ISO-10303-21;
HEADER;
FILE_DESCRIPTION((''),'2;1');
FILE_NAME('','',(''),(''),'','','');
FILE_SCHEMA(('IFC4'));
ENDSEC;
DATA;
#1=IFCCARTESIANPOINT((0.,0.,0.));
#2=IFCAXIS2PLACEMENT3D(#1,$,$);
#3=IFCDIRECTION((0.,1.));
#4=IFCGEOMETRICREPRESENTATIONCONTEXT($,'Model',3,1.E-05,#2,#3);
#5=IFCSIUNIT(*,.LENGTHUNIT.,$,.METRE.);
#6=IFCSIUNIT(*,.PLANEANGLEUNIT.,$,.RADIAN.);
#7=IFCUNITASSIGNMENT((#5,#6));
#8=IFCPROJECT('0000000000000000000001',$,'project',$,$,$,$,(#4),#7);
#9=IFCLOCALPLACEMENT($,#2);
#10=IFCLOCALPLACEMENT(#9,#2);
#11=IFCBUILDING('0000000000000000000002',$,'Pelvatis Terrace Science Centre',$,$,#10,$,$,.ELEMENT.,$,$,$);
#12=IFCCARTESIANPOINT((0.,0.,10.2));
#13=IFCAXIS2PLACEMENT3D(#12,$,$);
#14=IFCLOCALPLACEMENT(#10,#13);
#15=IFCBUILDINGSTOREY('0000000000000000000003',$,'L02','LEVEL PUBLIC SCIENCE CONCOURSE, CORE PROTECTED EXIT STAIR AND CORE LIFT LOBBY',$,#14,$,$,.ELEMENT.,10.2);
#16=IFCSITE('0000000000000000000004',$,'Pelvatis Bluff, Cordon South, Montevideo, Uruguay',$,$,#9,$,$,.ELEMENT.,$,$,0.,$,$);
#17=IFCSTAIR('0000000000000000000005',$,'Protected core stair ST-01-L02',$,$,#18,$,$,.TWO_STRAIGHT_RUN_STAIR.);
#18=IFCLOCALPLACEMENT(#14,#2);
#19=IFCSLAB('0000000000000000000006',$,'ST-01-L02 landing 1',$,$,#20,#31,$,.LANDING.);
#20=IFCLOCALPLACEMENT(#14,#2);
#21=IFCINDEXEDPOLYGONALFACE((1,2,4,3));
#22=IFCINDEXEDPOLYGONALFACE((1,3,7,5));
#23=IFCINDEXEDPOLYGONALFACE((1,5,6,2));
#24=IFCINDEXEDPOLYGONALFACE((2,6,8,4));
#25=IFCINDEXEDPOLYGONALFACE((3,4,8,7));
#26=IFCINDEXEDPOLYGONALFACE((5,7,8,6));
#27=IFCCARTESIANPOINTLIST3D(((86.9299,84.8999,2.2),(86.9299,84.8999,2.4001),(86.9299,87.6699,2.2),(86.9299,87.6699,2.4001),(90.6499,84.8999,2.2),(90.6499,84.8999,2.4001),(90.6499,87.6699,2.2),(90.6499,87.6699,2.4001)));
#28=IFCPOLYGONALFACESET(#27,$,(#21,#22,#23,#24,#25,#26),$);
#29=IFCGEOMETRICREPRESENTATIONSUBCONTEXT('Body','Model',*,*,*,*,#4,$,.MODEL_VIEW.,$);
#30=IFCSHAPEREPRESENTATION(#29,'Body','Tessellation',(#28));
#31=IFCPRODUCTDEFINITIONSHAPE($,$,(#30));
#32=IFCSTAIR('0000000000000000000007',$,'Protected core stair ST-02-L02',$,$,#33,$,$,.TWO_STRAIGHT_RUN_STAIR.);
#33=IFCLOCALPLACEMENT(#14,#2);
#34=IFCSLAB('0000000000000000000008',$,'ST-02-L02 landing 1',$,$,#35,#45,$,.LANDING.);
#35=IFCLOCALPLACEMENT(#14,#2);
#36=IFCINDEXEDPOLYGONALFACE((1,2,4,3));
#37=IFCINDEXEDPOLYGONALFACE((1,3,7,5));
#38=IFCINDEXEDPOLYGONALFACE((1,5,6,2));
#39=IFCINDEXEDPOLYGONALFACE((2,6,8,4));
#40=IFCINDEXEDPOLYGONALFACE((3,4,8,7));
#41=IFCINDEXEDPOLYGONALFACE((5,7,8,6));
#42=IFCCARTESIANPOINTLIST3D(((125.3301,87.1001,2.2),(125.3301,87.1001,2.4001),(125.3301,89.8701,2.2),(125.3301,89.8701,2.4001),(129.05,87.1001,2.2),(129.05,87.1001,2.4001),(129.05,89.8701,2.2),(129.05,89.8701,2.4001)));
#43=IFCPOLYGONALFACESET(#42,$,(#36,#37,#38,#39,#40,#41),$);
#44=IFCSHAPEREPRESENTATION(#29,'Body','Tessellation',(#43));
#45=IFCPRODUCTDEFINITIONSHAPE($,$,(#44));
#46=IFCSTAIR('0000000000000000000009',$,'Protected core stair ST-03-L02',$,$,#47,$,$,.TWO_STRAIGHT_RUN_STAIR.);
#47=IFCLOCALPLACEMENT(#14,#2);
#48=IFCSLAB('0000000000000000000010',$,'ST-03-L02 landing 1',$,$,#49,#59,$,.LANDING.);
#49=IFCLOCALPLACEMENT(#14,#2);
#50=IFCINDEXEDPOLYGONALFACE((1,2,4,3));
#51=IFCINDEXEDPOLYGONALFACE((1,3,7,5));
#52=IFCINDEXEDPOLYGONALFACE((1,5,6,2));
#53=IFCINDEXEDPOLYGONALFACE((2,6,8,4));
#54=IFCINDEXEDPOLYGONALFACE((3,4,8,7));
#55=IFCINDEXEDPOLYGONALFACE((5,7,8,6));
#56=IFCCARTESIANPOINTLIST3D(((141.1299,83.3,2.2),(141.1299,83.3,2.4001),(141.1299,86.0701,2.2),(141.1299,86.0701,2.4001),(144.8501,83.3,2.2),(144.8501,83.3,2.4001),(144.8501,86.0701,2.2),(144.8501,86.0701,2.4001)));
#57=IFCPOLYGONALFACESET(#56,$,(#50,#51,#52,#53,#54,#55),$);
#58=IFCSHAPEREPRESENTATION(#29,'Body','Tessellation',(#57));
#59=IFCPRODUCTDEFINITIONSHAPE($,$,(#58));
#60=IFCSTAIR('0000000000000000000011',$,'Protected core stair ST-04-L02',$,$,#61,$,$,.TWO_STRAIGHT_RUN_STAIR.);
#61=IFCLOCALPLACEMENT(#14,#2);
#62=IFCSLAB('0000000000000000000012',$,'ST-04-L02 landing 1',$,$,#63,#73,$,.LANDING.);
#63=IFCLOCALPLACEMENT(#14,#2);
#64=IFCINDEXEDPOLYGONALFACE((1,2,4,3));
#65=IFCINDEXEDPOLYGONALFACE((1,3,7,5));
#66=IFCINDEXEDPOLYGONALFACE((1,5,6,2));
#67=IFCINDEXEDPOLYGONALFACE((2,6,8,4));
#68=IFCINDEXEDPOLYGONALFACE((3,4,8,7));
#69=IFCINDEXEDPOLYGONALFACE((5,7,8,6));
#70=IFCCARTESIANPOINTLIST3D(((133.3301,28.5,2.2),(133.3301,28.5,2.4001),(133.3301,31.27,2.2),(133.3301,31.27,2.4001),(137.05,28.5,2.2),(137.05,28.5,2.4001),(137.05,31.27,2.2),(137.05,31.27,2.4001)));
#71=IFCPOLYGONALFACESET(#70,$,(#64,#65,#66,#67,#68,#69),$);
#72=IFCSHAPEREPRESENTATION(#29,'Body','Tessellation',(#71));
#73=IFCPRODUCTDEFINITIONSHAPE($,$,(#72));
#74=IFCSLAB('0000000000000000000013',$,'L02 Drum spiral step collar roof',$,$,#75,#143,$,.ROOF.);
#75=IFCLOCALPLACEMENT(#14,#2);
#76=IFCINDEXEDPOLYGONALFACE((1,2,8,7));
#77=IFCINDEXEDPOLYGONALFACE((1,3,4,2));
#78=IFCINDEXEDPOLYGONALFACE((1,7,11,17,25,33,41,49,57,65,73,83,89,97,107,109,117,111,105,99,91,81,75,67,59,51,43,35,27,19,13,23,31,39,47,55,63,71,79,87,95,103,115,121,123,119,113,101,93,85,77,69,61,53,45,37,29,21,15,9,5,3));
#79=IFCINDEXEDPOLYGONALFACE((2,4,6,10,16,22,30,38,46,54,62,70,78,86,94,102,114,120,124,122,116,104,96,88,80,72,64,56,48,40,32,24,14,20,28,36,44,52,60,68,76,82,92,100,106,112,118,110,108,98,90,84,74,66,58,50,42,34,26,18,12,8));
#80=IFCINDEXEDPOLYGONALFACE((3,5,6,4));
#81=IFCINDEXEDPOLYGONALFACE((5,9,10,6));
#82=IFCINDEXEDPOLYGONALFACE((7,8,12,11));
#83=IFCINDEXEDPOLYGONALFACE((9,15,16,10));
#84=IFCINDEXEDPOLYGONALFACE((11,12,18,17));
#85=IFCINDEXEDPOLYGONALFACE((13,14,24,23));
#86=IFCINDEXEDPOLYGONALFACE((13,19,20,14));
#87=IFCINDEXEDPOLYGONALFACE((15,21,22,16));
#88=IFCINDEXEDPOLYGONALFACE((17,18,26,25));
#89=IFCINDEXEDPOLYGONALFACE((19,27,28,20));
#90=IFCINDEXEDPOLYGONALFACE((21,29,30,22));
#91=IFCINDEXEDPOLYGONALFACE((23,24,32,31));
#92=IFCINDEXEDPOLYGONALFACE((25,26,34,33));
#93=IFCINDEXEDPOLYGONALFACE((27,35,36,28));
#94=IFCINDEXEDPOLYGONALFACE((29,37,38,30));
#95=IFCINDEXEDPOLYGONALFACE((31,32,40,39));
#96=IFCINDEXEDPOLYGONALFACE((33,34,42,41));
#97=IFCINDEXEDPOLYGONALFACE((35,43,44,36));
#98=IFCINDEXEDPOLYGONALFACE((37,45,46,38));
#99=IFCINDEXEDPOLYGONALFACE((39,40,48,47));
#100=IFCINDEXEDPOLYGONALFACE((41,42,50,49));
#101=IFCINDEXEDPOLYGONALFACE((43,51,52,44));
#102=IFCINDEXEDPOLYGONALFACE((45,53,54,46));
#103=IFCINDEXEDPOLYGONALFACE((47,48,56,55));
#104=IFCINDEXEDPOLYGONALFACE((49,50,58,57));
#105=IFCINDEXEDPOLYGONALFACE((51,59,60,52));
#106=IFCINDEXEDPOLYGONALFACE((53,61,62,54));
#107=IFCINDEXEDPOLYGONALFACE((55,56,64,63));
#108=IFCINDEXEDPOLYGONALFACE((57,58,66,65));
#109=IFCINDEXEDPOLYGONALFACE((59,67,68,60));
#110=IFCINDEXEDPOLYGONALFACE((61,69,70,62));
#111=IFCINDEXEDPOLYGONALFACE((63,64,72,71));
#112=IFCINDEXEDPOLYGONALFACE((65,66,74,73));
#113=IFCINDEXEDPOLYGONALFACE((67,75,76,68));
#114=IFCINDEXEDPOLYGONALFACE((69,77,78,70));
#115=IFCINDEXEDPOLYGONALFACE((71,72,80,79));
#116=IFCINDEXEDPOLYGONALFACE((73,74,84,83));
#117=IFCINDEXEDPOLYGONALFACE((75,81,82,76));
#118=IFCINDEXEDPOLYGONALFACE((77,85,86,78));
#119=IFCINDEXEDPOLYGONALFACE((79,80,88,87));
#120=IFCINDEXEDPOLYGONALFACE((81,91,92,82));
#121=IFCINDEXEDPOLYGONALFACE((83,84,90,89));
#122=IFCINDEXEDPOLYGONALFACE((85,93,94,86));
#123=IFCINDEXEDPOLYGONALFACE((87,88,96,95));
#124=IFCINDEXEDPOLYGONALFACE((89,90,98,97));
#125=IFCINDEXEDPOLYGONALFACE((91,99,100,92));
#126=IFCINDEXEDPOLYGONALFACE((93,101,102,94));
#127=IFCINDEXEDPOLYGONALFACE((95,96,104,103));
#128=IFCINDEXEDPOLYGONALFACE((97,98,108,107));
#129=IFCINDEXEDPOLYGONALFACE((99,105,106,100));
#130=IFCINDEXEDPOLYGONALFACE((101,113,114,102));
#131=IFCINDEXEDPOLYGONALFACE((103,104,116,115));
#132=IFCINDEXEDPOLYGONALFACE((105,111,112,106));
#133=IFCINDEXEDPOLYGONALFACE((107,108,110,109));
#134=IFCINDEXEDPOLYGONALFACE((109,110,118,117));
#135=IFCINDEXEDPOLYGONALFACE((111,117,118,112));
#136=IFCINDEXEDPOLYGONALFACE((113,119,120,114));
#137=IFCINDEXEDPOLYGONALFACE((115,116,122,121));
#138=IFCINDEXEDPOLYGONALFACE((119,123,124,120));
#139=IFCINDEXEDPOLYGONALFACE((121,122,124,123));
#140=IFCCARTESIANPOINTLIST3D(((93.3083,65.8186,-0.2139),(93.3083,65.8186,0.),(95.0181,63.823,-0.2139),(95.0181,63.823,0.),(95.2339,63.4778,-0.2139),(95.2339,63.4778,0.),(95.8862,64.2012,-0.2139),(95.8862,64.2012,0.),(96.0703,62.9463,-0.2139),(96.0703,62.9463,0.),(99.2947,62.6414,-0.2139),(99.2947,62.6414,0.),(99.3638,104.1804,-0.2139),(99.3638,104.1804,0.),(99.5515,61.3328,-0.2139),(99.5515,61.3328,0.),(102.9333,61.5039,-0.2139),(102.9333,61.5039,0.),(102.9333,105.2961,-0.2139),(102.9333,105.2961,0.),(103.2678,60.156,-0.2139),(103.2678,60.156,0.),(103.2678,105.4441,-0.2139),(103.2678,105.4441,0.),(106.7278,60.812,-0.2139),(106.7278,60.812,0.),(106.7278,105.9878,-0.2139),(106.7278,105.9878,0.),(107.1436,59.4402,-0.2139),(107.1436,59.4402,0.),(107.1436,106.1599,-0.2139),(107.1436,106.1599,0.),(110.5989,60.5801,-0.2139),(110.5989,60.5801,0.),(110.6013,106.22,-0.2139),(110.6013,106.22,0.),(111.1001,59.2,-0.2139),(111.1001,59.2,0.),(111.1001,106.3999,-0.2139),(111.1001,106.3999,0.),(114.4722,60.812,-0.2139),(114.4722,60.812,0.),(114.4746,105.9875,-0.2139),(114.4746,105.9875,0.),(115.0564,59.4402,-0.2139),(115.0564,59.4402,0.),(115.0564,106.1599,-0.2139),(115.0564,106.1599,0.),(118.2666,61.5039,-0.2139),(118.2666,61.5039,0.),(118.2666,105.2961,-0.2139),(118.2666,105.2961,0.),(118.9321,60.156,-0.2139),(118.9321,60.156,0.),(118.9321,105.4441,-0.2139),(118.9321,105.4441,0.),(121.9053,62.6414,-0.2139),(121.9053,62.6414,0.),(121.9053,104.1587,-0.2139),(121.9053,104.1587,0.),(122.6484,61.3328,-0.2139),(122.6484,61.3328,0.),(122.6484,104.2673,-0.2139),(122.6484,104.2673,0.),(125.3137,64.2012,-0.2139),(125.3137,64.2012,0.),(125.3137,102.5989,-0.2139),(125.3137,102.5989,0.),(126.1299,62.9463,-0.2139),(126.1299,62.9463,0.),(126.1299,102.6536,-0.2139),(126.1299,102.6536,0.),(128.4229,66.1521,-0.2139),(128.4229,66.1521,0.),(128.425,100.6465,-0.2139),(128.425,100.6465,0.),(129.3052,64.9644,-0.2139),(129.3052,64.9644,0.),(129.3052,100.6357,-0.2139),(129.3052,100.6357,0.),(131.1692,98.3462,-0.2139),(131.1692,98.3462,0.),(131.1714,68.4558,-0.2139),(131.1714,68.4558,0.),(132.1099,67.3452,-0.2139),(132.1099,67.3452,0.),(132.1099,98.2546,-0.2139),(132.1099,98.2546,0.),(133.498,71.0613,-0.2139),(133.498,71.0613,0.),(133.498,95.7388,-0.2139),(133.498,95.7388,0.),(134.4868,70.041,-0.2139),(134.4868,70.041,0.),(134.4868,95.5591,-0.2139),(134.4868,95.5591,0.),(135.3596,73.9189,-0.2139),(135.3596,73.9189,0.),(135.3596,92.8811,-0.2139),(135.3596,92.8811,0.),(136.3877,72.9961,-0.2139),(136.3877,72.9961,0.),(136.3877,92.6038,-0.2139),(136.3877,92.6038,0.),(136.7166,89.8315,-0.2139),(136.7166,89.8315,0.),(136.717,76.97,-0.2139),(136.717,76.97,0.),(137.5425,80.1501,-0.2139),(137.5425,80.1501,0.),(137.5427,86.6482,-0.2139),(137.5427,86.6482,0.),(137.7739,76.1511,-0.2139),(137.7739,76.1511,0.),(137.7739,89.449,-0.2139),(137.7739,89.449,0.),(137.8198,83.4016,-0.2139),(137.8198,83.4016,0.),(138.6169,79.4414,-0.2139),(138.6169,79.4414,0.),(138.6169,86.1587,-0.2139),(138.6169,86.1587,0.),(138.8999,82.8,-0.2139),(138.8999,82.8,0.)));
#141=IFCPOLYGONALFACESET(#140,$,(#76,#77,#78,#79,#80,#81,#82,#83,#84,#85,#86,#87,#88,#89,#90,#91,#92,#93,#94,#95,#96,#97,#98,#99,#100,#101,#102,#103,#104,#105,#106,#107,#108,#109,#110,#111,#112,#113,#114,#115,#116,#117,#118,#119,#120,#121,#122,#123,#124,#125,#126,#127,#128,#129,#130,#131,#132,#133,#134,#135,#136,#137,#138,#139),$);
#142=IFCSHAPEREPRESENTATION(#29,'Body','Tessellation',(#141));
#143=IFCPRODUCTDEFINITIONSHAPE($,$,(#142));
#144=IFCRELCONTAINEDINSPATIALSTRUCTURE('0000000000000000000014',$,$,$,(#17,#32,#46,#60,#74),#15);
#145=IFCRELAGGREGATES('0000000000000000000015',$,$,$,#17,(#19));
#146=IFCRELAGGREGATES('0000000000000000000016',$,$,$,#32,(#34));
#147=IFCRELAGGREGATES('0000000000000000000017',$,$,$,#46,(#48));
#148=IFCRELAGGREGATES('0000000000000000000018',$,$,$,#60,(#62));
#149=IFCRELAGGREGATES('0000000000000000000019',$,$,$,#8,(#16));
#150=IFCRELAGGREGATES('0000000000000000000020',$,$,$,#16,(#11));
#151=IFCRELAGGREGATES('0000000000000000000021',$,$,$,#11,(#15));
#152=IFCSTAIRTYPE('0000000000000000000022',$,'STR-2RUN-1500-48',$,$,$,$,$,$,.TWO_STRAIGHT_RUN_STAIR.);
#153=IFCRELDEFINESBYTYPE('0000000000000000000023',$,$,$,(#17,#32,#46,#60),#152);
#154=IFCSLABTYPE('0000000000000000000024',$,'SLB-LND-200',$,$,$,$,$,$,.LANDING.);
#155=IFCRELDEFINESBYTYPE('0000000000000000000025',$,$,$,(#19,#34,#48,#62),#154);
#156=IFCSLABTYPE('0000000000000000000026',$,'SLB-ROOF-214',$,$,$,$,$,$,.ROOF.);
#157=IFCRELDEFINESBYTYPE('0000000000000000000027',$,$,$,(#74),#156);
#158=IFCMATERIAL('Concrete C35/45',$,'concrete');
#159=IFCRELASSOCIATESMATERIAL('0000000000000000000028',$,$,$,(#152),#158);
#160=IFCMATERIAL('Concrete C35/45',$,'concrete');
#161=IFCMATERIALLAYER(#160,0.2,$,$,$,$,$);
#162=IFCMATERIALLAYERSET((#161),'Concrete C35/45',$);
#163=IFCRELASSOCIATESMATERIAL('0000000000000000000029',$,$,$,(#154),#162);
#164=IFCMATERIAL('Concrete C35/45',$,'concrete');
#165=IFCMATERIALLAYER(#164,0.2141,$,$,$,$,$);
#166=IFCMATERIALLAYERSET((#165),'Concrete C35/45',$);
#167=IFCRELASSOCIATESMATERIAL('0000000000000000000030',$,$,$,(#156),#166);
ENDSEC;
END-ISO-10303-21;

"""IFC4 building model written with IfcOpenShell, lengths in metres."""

from ifc_helpers import new_model, si_unit, direction, frame, origin, place, context, subcontext, project, spatial, polyline, outline, extrude, material, layer, layer_set, type_object, element, aggregate, save


model = new_model("IFC4")

# Units and contexts
model_context = context("Model", 3, precision=1e-05, world=origin(), true_north=direction((0.0, 1.0)))
body_context = subcontext(model_context, "Body", "Model", "MODEL_VIEW")
ifc_project = project(units=[si_unit("LENGTHUNIT", "METRE"), si_unit("PLANEANGLEUNIT", "RADIAN")], contexts=[model_context])

# Site, building, storey
site_placement = place(None, origin())
site = spatial("IfcSite", under=ifc_project, at=site_placement, Name="Pelvatis Bluff, Cordon South, Montevideo, Uruguay", CompositionType="ELEMENT", RefElevation=0.0)
building_placement = place(site_placement, origin())
building = spatial("IfcBuilding", under=site, at=building_placement, Name="Pelvatis Terrace Science Centre", CompositionType="ELEMENT")
storey_placement = place(building_placement, frame((0.0, 0.0, 10.2)))
storey = spatial("IfcBuildingStorey", under=building, at=storey_placement, Name="L02", Description="LEVEL PUBLIC SCIENCE CONCOURSE, CORE PROTECTED EXIT STAIR AND CORE LIFT LOBBY", CompositionType="ELEMENT", Elevation=10.2)

# Stairs, slabs
ifc_material_1 = material(Name="Concrete C35/45", Category="concrete")
stair_type = type_object("IfcStairType", Name="STR-2RUN-1500-48", PredefinedType="TWO_STRAIGHT_RUN_STAIR", material=ifc_material_1)
stair_1_placement = place(storey_placement, origin())
stair_1 = element("IfcStair", 1, at=stair_1_placement, inside=storey, type_object=stair_type, Name="Protected core stair ST-01-L02", PredefinedType="TWO_STRAIGHT_RUN_STAIR")
ifc_material_2 = material(Name="Concrete C35/45", Category="concrete")
ifc_layer_1 = layer(ifc_material_2, 0.2)
ifc_layer_set_1 = layer_set([ifc_layer_1], Name="Concrete C35/45")
slab_type_1 = type_object("IfcSlabType", Name="SLB-LND-200", PredefinedType="LANDING", material=ifc_layer_set_1)
slab_1_placement = place(storey_placement, frame((0.0, 0.0, 2.2)))
slab_1 = element("IfcSlab", 2, at=slab_1_placement, type_object=slab_type_1, Name="ST-01-L02 landing 1", PredefinedType="LANDING", context=body_context, shape_type="SweptSolid", body=[
    extrude(outline(polyline([(86.9299, 84.8999), (90.6499, 84.8999), (90.6499, 87.6699), (86.9299, 87.6699), (86.9299, 84.8999)])), origin(), (0.0, 0.0, 1.0), 0.2002),
])
aggregate(stair_1, [slab_1])
stair_2_placement = place(storey_placement, origin())
stair_2 = element("IfcStair", 3, at=stair_2_placement, inside=storey, type_object=stair_type, Name="Protected core stair ST-02-L02", PredefinedType="TWO_STRAIGHT_RUN_STAIR")
slab_2_placement = place(storey_placement, frame((0.0, 0.0, 2.2)))
slab_2 = element("IfcSlab", 4, at=slab_2_placement, type_object=slab_type_1, Name="ST-02-L02 landing 1", PredefinedType="LANDING", context=body_context, shape_type="SweptSolid", body=[
    extrude(outline(polyline([(125.3301, 87.1001), (129.05, 87.1001), (129.05, 89.8701), (125.3301, 89.8701), (125.3301, 87.1001)])), origin(), (0.0, 0.0, 1.0), 0.2002),
])
aggregate(stair_2, [slab_2])
stair_3_placement = place(storey_placement, origin())
stair_3 = element("IfcStair", 5, at=stair_3_placement, inside=storey, type_object=stair_type, Name="Protected core stair ST-03-L02", PredefinedType="TWO_STRAIGHT_RUN_STAIR")
slab_3_placement = place(storey_placement, frame((0.0, 0.0, 2.2)))
slab_3 = element("IfcSlab", 6, at=slab_3_placement, type_object=slab_type_1, Name="ST-03-L02 landing 1", PredefinedType="LANDING", context=body_context, shape_type="SweptSolid", body=[
    extrude(outline(polyline([(141.1299, 83.3), (144.8501, 83.3), (144.8501, 86.0701), (141.1299, 86.0701), (141.1299, 83.3)])), origin(), (0.0, 0.0, 1.0), 0.2002),
])
aggregate(stair_3, [slab_3])
stair_4_placement = place(storey_placement, origin())
stair_4 = element("IfcStair", 7, at=stair_4_placement, inside=storey, type_object=stair_type, Name="Protected core stair ST-04-L02", PredefinedType="TWO_STRAIGHT_RUN_STAIR")
slab_4_placement = place(storey_placement, frame((0.0, 0.0, 2.2)))
slab_4 = element("IfcSlab", 8, at=slab_4_placement, type_object=slab_type_1, Name="ST-04-L02 landing 1", PredefinedType="LANDING", context=body_context, shape_type="SweptSolid", body=[
    extrude(outline(polyline([(133.3301, 28.5), (137.05, 28.5), (137.05, 31.27), (133.3301, 31.27), (133.3301, 28.5)])), origin(), (0.0, 0.0, 1.0), 0.2002),
])
aggregate(stair_4, [slab_4])

# Slab
ifc_material_3 = material(Name="Concrete C35/45", Category="concrete")
ifc_layer_2 = layer(ifc_material_3, 0.2141)
ifc_layer_set_2 = layer_set([ifc_layer_2], Name="Concrete C35/45")
slab_type_2 = type_object("IfcSlabType", Name="SLB-ROOF-214", PredefinedType="ROOF", material=ifc_layer_set_2)
slab_5_placement = place(storey_placement, frame((0.0, 0.0, -0.2139)))
element("IfcSlab", 9, at=slab_5_placement, inside=storey, type_object=slab_type_2, Name="L02 Drum spiral step collar roof", PredefinedType="ROOF", context=body_context, shape_type="SweptSolid", body=[
    extrude(outline(polyline([(138.6169, 79.4414), (137.7739, 76.1511), (136.3877, 72.9961), (134.4868, 70.041), (132.1099, 67.3452), (129.3052, 64.9644), (126.1299, 62.9463), (122.6484, 61.3328), (118.9321, 60.156), (115.0564, 59.4402), (111.1001, 59.2), (107.1436, 59.4402), (103.2678, 60.156), (99.5515, 61.3328), (96.0703, 62.9463), (95.2339, 63.4778), (95.0181, 63.823), (93.3083, 65.8186), (95.8862, 64.2012), (99.2947, 62.6414), (102.9333, 61.5039), (106.7278, 60.812), (110.5989, 60.5801), (114.4722, 60.812), (118.2666, 61.5039), (121.9053, 62.6414), (125.3137, 64.2012), (128.4229, 66.1521), (131.1714, 68.4558), (133.498, 71.0613), (135.3596, 73.9189), (136.717, 76.97), (137.5425, 80.1501), (137.8198, 83.4016), (137.5427, 86.6482), (136.7166, 89.8315), (135.3596, 92.8811), (133.498, 95.7388), (131.1692, 98.3462), (128.425, 100.6465), (125.3137, 102.5989), (121.9053, 104.1587), (118.2666, 105.2961), (114.4746, 105.9875), (110.6013, 106.22), (106.7278, 105.9878), (102.9333, 105.2961), (99.3638, 104.1804), (103.2678, 105.4441), (107.1436, 106.1599), (111.1001, 106.3999), (115.0564, 106.1599), (118.9321, 105.4441), (122.6484, 104.2673), (126.1299, 102.6536), (129.3052, 100.6357), (132.1099, 98.2546), (134.4868, 95.5591), (136.3877, 92.6038), (137.7739, 89.449), (138.6169, 86.1587), (138.8999, 82.8), (138.6169, 79.4414)])), origin(), (0.0, 0.0, 1.0), 0.2139),
])

save(model, "model.ifc")
